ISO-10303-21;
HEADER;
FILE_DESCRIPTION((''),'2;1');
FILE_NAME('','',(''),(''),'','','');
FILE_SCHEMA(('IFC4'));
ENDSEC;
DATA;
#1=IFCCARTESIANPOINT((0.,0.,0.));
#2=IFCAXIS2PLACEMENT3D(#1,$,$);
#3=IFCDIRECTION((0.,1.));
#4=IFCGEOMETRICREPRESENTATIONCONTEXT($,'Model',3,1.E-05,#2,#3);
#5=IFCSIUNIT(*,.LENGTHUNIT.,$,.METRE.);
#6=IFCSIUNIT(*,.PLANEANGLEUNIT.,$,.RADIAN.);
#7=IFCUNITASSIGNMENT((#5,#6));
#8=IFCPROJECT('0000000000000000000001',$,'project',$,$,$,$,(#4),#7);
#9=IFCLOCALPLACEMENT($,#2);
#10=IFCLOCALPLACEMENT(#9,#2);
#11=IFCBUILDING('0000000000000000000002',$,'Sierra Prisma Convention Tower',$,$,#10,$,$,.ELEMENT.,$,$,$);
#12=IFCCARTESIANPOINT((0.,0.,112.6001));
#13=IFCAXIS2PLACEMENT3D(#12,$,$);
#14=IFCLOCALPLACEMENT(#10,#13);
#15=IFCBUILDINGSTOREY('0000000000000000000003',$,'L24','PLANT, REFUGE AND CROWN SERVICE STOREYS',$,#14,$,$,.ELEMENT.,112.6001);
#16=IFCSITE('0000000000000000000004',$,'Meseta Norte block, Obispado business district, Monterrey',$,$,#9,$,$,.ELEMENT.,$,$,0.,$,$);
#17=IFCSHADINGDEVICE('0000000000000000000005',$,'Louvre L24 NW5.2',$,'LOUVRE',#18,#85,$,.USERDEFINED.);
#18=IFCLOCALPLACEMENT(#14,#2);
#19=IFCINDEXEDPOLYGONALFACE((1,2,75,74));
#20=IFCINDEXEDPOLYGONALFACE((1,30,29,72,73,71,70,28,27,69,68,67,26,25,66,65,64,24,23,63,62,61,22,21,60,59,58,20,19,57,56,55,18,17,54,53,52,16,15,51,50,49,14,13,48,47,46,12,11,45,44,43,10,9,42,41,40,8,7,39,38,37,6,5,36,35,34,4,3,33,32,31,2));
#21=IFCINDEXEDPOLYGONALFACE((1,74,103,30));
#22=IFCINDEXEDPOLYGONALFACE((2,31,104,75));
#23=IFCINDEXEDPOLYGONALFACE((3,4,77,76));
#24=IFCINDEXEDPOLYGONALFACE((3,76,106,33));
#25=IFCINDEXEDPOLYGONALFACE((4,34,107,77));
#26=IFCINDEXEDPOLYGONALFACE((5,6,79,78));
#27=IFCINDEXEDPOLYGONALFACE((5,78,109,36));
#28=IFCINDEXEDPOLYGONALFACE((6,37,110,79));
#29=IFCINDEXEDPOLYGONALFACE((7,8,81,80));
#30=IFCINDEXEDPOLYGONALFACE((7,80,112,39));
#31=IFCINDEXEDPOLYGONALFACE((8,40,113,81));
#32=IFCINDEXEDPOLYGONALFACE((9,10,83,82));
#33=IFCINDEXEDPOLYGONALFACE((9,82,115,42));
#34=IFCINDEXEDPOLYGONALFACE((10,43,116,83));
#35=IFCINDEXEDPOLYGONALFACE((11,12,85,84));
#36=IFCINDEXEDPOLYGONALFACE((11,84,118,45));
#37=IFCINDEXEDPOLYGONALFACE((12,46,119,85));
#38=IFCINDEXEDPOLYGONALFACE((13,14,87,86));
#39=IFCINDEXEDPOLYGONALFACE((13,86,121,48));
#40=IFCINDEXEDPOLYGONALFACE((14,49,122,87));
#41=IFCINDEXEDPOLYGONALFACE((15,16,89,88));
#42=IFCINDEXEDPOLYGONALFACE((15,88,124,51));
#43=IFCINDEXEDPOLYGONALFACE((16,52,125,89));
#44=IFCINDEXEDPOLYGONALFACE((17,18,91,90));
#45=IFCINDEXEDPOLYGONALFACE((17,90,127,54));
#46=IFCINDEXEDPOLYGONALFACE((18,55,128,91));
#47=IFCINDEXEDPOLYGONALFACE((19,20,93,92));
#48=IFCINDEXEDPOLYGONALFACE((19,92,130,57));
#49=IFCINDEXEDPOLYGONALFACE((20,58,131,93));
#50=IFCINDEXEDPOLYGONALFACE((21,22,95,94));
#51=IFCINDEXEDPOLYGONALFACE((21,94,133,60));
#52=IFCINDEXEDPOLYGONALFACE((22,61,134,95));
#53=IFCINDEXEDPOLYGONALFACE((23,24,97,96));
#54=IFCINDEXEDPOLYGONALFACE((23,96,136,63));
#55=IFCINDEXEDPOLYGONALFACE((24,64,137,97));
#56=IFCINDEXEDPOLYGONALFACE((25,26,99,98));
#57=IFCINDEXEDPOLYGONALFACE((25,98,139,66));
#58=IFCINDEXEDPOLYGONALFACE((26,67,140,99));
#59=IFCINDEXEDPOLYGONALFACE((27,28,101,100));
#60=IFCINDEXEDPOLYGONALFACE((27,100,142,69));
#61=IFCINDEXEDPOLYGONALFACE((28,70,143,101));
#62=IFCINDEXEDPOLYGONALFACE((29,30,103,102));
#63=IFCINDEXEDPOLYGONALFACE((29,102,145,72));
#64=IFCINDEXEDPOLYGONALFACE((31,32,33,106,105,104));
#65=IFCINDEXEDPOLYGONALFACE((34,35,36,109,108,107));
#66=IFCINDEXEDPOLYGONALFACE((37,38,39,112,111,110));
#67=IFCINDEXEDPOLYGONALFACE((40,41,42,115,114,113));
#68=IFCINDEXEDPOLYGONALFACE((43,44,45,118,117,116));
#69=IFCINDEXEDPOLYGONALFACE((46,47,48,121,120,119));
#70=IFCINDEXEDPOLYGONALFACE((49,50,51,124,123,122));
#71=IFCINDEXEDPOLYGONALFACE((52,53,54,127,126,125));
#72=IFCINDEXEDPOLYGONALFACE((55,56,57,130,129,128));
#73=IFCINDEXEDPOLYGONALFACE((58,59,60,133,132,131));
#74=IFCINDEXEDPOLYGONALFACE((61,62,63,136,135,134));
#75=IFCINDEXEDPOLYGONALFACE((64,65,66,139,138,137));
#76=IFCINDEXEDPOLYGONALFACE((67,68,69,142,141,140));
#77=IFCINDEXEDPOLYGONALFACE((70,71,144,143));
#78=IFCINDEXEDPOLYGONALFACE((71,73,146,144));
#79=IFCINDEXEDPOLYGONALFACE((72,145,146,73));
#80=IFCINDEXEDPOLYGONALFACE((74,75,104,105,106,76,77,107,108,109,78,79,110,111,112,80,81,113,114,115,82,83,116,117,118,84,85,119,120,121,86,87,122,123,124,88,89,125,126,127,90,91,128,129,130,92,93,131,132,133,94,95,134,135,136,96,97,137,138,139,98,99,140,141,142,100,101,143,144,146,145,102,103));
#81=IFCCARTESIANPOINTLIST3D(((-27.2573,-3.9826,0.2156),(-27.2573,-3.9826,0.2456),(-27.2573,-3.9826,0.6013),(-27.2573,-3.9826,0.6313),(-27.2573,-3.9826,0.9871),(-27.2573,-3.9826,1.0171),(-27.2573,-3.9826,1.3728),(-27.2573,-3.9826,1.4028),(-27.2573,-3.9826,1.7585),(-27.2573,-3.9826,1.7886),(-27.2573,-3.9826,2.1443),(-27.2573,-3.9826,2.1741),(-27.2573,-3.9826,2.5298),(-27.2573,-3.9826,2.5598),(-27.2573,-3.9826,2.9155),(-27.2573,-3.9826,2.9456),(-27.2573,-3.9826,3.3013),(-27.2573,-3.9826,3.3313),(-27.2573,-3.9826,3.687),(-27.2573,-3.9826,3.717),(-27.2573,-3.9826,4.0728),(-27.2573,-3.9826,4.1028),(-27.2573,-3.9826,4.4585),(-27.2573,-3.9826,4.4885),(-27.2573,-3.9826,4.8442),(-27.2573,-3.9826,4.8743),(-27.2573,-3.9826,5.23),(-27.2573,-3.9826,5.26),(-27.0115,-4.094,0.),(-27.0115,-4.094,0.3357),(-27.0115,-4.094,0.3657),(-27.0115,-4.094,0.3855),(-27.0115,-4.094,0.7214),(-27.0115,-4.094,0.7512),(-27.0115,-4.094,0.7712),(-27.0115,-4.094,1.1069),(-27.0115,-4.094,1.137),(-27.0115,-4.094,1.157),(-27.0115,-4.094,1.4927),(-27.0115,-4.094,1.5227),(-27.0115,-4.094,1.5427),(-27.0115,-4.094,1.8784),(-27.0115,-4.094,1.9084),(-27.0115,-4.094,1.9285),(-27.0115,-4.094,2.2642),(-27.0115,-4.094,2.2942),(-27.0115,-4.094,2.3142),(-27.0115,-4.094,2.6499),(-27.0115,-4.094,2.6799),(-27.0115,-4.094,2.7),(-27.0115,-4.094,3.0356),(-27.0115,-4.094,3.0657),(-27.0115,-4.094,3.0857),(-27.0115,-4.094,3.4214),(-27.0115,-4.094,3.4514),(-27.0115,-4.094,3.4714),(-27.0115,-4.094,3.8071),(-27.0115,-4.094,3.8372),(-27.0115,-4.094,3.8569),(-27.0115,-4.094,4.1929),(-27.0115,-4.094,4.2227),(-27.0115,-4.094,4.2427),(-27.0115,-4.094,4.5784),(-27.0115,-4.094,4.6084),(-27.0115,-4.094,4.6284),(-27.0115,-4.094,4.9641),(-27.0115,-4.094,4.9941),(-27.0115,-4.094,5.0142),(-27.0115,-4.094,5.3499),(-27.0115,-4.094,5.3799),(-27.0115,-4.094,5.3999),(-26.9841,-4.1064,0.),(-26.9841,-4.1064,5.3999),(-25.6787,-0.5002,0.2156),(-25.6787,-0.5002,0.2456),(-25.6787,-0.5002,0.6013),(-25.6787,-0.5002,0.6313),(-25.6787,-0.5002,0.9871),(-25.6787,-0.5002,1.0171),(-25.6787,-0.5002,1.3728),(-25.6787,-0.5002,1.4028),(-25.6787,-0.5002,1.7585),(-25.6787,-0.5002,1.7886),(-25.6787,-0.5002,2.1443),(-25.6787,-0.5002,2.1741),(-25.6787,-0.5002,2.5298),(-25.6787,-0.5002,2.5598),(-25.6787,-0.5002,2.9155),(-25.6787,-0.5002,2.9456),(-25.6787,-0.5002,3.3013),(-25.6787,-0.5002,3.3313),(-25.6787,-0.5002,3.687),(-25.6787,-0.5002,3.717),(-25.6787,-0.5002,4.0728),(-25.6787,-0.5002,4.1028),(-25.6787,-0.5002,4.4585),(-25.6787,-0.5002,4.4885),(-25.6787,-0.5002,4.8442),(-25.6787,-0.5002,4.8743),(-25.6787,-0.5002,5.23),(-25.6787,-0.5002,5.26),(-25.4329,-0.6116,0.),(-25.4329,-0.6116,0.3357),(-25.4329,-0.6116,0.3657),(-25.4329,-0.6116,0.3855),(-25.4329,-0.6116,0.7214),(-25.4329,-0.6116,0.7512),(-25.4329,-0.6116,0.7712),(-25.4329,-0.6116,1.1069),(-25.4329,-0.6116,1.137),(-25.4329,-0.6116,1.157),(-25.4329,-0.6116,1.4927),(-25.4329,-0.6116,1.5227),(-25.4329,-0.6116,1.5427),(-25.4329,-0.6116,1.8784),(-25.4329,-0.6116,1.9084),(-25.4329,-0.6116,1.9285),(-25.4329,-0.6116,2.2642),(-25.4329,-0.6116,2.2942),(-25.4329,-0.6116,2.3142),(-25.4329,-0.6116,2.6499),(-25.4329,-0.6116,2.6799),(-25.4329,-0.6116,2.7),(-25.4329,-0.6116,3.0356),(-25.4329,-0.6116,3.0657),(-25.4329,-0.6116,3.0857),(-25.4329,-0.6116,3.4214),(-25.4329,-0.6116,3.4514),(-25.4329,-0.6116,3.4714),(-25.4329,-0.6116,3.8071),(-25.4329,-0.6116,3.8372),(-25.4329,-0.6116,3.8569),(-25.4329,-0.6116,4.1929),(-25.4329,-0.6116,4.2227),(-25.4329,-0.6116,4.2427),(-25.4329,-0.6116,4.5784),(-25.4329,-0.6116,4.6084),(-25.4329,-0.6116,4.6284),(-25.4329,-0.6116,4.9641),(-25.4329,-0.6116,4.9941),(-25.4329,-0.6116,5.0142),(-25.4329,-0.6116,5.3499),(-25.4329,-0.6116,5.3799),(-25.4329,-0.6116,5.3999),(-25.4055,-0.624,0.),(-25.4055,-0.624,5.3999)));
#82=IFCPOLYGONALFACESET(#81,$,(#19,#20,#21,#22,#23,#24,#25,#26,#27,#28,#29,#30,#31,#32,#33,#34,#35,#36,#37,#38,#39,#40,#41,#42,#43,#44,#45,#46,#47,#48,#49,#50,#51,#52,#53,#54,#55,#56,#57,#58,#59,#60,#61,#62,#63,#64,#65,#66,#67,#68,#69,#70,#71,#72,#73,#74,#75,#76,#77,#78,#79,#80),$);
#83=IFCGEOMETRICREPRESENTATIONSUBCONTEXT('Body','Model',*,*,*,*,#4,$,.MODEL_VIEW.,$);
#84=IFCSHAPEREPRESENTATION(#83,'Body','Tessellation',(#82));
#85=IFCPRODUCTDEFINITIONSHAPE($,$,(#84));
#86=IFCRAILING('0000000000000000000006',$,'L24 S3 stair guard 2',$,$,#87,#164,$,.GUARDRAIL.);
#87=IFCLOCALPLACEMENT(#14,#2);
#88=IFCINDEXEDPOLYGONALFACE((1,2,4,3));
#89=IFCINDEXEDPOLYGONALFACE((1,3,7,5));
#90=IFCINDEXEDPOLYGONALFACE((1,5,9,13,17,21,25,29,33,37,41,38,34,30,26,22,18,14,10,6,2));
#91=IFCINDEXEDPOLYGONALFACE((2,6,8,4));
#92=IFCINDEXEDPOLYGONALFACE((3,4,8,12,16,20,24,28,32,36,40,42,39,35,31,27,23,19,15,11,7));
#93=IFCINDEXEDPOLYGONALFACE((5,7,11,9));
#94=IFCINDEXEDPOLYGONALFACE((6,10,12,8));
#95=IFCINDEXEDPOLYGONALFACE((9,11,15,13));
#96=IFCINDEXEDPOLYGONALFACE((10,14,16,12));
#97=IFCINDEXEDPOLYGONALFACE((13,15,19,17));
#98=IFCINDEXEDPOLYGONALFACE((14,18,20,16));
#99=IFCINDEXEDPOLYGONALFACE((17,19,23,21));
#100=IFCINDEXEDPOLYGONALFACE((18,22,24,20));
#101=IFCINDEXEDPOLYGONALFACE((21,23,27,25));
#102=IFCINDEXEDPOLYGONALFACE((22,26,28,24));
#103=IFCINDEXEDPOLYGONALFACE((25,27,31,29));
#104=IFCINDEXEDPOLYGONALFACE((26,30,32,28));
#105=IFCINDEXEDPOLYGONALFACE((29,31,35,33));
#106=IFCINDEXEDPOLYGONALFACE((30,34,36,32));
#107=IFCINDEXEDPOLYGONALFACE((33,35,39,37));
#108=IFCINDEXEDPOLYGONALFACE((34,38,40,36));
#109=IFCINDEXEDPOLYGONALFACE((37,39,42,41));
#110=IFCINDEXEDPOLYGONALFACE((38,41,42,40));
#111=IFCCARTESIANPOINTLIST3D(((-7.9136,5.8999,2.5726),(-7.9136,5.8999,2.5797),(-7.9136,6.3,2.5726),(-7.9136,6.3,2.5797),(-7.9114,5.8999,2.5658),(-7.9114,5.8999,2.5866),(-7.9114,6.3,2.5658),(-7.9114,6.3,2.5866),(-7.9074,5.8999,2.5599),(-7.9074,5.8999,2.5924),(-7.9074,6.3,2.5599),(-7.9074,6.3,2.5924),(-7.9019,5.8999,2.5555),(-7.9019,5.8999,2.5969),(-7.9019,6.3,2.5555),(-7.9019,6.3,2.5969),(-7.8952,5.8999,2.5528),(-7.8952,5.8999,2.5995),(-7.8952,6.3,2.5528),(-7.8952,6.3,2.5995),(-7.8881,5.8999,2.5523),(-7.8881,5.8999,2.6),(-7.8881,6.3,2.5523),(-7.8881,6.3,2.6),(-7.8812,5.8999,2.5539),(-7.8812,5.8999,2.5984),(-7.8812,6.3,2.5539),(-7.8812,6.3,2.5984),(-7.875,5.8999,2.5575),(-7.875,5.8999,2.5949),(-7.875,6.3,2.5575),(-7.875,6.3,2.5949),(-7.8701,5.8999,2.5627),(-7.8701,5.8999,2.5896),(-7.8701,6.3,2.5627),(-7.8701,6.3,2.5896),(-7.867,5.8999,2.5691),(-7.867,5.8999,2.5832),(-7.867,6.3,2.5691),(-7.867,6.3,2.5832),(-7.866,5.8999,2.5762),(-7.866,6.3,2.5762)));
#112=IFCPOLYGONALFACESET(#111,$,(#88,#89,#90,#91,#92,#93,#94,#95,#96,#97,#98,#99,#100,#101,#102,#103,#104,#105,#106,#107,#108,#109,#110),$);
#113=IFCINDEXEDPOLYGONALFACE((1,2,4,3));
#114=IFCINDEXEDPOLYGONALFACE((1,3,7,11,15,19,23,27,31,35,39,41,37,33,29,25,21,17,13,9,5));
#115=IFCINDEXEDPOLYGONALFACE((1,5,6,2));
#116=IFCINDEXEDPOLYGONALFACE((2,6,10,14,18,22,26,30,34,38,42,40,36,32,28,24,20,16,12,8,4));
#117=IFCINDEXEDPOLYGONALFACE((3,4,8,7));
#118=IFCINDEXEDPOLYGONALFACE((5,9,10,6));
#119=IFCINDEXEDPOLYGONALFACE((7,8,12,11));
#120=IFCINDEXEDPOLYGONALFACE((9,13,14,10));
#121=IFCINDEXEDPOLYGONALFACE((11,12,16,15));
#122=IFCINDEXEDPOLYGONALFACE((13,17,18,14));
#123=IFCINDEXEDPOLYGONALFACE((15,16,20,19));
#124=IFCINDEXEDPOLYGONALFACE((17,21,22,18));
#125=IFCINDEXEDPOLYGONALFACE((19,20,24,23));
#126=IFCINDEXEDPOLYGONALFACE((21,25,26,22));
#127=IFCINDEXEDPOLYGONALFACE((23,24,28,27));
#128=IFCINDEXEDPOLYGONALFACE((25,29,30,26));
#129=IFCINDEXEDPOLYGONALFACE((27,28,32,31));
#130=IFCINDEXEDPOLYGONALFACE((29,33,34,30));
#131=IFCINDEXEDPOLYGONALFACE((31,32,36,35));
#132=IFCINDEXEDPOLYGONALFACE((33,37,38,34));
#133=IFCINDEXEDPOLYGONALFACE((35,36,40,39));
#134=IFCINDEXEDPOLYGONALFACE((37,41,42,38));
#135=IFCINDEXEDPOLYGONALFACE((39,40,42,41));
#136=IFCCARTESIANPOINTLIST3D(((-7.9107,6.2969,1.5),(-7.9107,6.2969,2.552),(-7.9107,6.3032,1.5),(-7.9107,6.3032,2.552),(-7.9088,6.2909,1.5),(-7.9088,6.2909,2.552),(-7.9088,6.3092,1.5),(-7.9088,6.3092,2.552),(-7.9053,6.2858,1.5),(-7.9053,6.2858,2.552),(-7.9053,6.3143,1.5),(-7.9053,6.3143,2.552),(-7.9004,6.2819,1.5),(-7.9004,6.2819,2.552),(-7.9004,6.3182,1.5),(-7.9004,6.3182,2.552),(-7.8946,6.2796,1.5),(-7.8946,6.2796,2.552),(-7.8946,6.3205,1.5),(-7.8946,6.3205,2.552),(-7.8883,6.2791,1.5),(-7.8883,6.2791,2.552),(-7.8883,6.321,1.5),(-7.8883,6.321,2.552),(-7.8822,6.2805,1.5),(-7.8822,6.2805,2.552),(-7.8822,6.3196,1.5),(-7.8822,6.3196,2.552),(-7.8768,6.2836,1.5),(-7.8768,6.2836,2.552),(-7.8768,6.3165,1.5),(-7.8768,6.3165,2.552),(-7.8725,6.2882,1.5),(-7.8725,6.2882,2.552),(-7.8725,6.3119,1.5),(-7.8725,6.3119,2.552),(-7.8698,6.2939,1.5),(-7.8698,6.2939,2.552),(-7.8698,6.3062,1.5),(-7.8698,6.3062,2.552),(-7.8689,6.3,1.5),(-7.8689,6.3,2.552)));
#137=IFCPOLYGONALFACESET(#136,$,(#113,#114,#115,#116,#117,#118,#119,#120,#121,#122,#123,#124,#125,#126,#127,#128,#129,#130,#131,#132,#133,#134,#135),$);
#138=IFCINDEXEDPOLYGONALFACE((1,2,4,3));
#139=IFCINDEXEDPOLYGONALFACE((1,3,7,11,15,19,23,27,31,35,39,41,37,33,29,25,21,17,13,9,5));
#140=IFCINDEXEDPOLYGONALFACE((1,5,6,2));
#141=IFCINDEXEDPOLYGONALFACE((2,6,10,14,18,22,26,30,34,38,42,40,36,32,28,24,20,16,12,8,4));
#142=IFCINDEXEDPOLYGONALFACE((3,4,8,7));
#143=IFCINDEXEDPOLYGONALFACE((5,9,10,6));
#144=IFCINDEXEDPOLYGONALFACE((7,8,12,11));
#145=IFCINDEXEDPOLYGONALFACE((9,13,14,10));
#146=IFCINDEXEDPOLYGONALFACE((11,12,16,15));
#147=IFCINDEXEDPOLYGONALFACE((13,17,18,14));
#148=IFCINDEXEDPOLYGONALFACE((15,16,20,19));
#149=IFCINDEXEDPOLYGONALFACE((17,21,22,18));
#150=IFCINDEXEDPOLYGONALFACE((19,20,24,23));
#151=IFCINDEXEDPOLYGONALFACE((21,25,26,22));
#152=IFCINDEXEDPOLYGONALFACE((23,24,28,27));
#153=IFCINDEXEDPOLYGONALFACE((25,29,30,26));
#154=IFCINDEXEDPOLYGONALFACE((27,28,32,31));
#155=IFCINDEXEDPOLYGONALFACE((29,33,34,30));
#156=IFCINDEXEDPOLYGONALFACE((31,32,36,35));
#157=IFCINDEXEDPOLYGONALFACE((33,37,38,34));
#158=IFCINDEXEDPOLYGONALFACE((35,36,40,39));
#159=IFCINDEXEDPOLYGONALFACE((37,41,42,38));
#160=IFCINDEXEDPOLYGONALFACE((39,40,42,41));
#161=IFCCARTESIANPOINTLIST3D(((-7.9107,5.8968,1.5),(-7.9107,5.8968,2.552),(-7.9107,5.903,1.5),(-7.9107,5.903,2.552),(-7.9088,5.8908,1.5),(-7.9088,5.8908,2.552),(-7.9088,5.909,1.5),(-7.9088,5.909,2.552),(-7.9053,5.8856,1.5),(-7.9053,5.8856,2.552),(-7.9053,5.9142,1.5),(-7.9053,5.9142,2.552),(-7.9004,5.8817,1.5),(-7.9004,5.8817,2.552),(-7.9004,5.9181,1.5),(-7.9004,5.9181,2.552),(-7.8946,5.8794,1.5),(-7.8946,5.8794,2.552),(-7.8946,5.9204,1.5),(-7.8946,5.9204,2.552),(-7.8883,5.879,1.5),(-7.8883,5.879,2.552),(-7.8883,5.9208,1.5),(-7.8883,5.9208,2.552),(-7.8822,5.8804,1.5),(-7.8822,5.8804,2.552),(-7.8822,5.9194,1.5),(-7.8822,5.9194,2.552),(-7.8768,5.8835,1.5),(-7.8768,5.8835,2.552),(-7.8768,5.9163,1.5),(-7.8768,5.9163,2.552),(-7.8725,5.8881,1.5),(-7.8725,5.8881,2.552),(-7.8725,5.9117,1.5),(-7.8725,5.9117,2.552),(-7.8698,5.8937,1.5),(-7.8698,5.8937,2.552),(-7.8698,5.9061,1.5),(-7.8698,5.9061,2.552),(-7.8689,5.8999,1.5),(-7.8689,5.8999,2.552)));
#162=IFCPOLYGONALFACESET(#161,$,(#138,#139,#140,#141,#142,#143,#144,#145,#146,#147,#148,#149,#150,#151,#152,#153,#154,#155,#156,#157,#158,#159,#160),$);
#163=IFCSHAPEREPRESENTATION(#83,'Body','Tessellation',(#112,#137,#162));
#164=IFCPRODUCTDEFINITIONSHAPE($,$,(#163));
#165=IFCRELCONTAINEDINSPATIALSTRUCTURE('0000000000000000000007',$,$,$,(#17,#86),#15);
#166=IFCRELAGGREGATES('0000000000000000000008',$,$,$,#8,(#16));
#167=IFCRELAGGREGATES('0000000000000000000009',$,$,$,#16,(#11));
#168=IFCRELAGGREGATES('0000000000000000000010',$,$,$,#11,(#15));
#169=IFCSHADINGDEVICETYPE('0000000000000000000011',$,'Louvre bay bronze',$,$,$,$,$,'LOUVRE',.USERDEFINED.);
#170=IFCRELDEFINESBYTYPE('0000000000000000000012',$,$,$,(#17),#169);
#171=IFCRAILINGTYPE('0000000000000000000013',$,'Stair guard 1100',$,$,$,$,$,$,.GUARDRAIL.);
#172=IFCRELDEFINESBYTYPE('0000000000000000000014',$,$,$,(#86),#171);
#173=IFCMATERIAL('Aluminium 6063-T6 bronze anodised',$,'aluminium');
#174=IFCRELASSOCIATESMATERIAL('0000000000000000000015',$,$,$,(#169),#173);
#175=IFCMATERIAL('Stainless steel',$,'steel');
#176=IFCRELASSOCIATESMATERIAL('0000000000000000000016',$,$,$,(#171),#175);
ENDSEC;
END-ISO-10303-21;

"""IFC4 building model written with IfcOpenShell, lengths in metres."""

from ifc_helpers import new_model, si_unit, direction, frame, origin, origin_2d, place, context, subcontext, project, spatial, polyline, circle, outline, extrude, material, type_object, element, save


model = new_model("IFC4")

# Units and contexts
model_context = context("Model", 3, precision=1e-05, world=origin(), true_north=direction((0.0, 1.0)))
body_context = subcontext(model_context, "Body", "Model", "MODEL_VIEW")
ifc_project = project(units=[si_unit("LENGTHUNIT", "METRE"), si_unit("PLANEANGLEUNIT", "RADIAN")], contexts=[model_context])

# Site, building, storey
site_placement = place(None, origin())
site = spatial("IfcSite", under=ifc_project, at=site_placement, Name="Meseta Norte block, Obispado business district, Monterrey", CompositionType="ELEMENT", RefElevation=0.0)
building_placement = place(site_placement, origin())
building = spatial("IfcBuilding", under=site, at=building_placement, Name="Sierra Prisma Convention Tower", CompositionType="ELEMENT")
storey_placement = place(building_placement, frame((0.0, 0.0, 112.6001)))
storey = spatial("IfcBuildingStorey", under=building, at=storey_placement, Name="L24", Description="PLANT, REFUGE AND CROWN SERVICE STOREYS", CompositionType="ELEMENT", Elevation=112.6001)

# Shading device
ifc_material_1 = material(Name="Aluminium 6063-T6 bronze anodised", Category="aluminium")
shading_device_type = type_object("IfcShadingDeviceType", Name="Louvre bay bronze", ElementType="LOUVRE", PredefinedType="USERDEFINED", material=ifc_material_1)
shading_device_1_placement = place(storey_placement, frame((-25.4055, -0.624, 0.0), z_axis=(0.412874, 0.910788, 0.0), x_axis=(0.0, 0.0, 1.0)))
element("IfcShadingDevice", 1, at=shading_device_1_placement, inside=storey, type_object=shading_device_type, Name="Louvre L24 NW5.2", ObjectType="LOUVRE", PredefinedType="USERDEFINED", context=body_context, shape_type="SweptSolid", body=[
    extrude(outline(polyline([(0.0, 0.0), (5.3999, 0.0), (5.3999, -0.03), (5.3799, -0.03), (5.26, -0.2999), (5.23, -0.2999), (5.3499, -0.03), (5.0142, -0.03), (4.9941, -0.03), (4.8743, -0.2999), (4.8442, -0.2999), (4.9641, -0.03), (4.6284, -0.03), (4.6084, -0.03), (4.4885, -0.2999), (4.4585, -0.2999), (4.5784, -0.03), (4.2427, -0.03), (4.2227, -0.03), (4.1028, -0.2999), (4.0728, -0.2999), (4.1929, -0.03), (3.8569, -0.03), (3.8372, -0.03), (3.717, -0.2999), (3.687, -0.2999), (3.8071, -0.03), (3.4714, -0.03), (3.4514, -0.03), (3.3313, -0.2999), (3.3013, -0.2999), (3.4214, -0.03), (3.0857, -0.03), (3.0657, -0.03), (2.9456, -0.2999), (2.9155, -0.2999), (3.0356, -0.03), (2.7, -0.03), (2.6799, -0.03), (2.5598, -0.2999), (2.5298, -0.2999), (2.6499, -0.03), (2.3142, -0.03), (2.2942, -0.03), (2.1741, -0.2999), (2.1443, -0.2999), (2.2642, -0.03), (1.9285, -0.03), (1.9084, -0.03), (1.7886, -0.2999), (1.7585, -0.2999), (1.8784, -0.03), (1.5427, -0.03), (1.5227, -0.03), (1.4028, -0.2999), (1.3728, -0.2999), (1.4927, -0.03), (1.157, -0.03), (1.137, -0.03), (1.0171, -0.2999), (0.9871, -0.2999), (1.1069, -0.03), (0.7712, -0.03), (0.7512, -0.03), (0.6313, -0.2999), (0.6013, -0.2999), (0.7214, -0.03), (0.3855, -0.03), (0.3657, -0.03), (0.2456, -0.2999), (0.2156, -0.2999), (0.3357, -0.03), (0.0, -0.03), (0.0, 0.0)])), origin(), (0.0, 0.0, -1.0), 3.8235),
])

# Railing
ifc_material_2 = material(Name="Stainless steel", Category="steel")
railing_type_1 = type_object("IfcRailingType", Name="Stair guard 1100", PredefinedType="GUARDRAIL", material=ifc_material_2)
for number, where, name in (
    (2, (-7.8899, 6.3, 1.5), "L24 S3 stair guard 2"),
):
    element("IfcRailing", number, at=place(storey_placement, frame(where)), inside=storey, type_object=railing_type_1, Name=name, PredefinedType="GUARDRAIL", context=body_context, shape_type="SweptSolid", body=[
        extrude(circle(Radius=0.0239, at=origin_2d()), frame((0.0, 0.0, 1.0762), z_axis=(0.0, -1.0, 0.0), x_axis=(1.0, 0.0, 0.0)), (0.0, 0.0, 1.0), 0.4001),
        extrude(circle(Radius=0.021, at=origin_2d()), origin(), (0.0, 0.0, 1.0), 1.052),
        extrude(circle(Radius=0.021, at=origin_2d()), frame((0.0, -0.4001, 0.0)), (0.0, 0.0, 1.0), 1.052),
    ])

save(model, "model.ifc")
